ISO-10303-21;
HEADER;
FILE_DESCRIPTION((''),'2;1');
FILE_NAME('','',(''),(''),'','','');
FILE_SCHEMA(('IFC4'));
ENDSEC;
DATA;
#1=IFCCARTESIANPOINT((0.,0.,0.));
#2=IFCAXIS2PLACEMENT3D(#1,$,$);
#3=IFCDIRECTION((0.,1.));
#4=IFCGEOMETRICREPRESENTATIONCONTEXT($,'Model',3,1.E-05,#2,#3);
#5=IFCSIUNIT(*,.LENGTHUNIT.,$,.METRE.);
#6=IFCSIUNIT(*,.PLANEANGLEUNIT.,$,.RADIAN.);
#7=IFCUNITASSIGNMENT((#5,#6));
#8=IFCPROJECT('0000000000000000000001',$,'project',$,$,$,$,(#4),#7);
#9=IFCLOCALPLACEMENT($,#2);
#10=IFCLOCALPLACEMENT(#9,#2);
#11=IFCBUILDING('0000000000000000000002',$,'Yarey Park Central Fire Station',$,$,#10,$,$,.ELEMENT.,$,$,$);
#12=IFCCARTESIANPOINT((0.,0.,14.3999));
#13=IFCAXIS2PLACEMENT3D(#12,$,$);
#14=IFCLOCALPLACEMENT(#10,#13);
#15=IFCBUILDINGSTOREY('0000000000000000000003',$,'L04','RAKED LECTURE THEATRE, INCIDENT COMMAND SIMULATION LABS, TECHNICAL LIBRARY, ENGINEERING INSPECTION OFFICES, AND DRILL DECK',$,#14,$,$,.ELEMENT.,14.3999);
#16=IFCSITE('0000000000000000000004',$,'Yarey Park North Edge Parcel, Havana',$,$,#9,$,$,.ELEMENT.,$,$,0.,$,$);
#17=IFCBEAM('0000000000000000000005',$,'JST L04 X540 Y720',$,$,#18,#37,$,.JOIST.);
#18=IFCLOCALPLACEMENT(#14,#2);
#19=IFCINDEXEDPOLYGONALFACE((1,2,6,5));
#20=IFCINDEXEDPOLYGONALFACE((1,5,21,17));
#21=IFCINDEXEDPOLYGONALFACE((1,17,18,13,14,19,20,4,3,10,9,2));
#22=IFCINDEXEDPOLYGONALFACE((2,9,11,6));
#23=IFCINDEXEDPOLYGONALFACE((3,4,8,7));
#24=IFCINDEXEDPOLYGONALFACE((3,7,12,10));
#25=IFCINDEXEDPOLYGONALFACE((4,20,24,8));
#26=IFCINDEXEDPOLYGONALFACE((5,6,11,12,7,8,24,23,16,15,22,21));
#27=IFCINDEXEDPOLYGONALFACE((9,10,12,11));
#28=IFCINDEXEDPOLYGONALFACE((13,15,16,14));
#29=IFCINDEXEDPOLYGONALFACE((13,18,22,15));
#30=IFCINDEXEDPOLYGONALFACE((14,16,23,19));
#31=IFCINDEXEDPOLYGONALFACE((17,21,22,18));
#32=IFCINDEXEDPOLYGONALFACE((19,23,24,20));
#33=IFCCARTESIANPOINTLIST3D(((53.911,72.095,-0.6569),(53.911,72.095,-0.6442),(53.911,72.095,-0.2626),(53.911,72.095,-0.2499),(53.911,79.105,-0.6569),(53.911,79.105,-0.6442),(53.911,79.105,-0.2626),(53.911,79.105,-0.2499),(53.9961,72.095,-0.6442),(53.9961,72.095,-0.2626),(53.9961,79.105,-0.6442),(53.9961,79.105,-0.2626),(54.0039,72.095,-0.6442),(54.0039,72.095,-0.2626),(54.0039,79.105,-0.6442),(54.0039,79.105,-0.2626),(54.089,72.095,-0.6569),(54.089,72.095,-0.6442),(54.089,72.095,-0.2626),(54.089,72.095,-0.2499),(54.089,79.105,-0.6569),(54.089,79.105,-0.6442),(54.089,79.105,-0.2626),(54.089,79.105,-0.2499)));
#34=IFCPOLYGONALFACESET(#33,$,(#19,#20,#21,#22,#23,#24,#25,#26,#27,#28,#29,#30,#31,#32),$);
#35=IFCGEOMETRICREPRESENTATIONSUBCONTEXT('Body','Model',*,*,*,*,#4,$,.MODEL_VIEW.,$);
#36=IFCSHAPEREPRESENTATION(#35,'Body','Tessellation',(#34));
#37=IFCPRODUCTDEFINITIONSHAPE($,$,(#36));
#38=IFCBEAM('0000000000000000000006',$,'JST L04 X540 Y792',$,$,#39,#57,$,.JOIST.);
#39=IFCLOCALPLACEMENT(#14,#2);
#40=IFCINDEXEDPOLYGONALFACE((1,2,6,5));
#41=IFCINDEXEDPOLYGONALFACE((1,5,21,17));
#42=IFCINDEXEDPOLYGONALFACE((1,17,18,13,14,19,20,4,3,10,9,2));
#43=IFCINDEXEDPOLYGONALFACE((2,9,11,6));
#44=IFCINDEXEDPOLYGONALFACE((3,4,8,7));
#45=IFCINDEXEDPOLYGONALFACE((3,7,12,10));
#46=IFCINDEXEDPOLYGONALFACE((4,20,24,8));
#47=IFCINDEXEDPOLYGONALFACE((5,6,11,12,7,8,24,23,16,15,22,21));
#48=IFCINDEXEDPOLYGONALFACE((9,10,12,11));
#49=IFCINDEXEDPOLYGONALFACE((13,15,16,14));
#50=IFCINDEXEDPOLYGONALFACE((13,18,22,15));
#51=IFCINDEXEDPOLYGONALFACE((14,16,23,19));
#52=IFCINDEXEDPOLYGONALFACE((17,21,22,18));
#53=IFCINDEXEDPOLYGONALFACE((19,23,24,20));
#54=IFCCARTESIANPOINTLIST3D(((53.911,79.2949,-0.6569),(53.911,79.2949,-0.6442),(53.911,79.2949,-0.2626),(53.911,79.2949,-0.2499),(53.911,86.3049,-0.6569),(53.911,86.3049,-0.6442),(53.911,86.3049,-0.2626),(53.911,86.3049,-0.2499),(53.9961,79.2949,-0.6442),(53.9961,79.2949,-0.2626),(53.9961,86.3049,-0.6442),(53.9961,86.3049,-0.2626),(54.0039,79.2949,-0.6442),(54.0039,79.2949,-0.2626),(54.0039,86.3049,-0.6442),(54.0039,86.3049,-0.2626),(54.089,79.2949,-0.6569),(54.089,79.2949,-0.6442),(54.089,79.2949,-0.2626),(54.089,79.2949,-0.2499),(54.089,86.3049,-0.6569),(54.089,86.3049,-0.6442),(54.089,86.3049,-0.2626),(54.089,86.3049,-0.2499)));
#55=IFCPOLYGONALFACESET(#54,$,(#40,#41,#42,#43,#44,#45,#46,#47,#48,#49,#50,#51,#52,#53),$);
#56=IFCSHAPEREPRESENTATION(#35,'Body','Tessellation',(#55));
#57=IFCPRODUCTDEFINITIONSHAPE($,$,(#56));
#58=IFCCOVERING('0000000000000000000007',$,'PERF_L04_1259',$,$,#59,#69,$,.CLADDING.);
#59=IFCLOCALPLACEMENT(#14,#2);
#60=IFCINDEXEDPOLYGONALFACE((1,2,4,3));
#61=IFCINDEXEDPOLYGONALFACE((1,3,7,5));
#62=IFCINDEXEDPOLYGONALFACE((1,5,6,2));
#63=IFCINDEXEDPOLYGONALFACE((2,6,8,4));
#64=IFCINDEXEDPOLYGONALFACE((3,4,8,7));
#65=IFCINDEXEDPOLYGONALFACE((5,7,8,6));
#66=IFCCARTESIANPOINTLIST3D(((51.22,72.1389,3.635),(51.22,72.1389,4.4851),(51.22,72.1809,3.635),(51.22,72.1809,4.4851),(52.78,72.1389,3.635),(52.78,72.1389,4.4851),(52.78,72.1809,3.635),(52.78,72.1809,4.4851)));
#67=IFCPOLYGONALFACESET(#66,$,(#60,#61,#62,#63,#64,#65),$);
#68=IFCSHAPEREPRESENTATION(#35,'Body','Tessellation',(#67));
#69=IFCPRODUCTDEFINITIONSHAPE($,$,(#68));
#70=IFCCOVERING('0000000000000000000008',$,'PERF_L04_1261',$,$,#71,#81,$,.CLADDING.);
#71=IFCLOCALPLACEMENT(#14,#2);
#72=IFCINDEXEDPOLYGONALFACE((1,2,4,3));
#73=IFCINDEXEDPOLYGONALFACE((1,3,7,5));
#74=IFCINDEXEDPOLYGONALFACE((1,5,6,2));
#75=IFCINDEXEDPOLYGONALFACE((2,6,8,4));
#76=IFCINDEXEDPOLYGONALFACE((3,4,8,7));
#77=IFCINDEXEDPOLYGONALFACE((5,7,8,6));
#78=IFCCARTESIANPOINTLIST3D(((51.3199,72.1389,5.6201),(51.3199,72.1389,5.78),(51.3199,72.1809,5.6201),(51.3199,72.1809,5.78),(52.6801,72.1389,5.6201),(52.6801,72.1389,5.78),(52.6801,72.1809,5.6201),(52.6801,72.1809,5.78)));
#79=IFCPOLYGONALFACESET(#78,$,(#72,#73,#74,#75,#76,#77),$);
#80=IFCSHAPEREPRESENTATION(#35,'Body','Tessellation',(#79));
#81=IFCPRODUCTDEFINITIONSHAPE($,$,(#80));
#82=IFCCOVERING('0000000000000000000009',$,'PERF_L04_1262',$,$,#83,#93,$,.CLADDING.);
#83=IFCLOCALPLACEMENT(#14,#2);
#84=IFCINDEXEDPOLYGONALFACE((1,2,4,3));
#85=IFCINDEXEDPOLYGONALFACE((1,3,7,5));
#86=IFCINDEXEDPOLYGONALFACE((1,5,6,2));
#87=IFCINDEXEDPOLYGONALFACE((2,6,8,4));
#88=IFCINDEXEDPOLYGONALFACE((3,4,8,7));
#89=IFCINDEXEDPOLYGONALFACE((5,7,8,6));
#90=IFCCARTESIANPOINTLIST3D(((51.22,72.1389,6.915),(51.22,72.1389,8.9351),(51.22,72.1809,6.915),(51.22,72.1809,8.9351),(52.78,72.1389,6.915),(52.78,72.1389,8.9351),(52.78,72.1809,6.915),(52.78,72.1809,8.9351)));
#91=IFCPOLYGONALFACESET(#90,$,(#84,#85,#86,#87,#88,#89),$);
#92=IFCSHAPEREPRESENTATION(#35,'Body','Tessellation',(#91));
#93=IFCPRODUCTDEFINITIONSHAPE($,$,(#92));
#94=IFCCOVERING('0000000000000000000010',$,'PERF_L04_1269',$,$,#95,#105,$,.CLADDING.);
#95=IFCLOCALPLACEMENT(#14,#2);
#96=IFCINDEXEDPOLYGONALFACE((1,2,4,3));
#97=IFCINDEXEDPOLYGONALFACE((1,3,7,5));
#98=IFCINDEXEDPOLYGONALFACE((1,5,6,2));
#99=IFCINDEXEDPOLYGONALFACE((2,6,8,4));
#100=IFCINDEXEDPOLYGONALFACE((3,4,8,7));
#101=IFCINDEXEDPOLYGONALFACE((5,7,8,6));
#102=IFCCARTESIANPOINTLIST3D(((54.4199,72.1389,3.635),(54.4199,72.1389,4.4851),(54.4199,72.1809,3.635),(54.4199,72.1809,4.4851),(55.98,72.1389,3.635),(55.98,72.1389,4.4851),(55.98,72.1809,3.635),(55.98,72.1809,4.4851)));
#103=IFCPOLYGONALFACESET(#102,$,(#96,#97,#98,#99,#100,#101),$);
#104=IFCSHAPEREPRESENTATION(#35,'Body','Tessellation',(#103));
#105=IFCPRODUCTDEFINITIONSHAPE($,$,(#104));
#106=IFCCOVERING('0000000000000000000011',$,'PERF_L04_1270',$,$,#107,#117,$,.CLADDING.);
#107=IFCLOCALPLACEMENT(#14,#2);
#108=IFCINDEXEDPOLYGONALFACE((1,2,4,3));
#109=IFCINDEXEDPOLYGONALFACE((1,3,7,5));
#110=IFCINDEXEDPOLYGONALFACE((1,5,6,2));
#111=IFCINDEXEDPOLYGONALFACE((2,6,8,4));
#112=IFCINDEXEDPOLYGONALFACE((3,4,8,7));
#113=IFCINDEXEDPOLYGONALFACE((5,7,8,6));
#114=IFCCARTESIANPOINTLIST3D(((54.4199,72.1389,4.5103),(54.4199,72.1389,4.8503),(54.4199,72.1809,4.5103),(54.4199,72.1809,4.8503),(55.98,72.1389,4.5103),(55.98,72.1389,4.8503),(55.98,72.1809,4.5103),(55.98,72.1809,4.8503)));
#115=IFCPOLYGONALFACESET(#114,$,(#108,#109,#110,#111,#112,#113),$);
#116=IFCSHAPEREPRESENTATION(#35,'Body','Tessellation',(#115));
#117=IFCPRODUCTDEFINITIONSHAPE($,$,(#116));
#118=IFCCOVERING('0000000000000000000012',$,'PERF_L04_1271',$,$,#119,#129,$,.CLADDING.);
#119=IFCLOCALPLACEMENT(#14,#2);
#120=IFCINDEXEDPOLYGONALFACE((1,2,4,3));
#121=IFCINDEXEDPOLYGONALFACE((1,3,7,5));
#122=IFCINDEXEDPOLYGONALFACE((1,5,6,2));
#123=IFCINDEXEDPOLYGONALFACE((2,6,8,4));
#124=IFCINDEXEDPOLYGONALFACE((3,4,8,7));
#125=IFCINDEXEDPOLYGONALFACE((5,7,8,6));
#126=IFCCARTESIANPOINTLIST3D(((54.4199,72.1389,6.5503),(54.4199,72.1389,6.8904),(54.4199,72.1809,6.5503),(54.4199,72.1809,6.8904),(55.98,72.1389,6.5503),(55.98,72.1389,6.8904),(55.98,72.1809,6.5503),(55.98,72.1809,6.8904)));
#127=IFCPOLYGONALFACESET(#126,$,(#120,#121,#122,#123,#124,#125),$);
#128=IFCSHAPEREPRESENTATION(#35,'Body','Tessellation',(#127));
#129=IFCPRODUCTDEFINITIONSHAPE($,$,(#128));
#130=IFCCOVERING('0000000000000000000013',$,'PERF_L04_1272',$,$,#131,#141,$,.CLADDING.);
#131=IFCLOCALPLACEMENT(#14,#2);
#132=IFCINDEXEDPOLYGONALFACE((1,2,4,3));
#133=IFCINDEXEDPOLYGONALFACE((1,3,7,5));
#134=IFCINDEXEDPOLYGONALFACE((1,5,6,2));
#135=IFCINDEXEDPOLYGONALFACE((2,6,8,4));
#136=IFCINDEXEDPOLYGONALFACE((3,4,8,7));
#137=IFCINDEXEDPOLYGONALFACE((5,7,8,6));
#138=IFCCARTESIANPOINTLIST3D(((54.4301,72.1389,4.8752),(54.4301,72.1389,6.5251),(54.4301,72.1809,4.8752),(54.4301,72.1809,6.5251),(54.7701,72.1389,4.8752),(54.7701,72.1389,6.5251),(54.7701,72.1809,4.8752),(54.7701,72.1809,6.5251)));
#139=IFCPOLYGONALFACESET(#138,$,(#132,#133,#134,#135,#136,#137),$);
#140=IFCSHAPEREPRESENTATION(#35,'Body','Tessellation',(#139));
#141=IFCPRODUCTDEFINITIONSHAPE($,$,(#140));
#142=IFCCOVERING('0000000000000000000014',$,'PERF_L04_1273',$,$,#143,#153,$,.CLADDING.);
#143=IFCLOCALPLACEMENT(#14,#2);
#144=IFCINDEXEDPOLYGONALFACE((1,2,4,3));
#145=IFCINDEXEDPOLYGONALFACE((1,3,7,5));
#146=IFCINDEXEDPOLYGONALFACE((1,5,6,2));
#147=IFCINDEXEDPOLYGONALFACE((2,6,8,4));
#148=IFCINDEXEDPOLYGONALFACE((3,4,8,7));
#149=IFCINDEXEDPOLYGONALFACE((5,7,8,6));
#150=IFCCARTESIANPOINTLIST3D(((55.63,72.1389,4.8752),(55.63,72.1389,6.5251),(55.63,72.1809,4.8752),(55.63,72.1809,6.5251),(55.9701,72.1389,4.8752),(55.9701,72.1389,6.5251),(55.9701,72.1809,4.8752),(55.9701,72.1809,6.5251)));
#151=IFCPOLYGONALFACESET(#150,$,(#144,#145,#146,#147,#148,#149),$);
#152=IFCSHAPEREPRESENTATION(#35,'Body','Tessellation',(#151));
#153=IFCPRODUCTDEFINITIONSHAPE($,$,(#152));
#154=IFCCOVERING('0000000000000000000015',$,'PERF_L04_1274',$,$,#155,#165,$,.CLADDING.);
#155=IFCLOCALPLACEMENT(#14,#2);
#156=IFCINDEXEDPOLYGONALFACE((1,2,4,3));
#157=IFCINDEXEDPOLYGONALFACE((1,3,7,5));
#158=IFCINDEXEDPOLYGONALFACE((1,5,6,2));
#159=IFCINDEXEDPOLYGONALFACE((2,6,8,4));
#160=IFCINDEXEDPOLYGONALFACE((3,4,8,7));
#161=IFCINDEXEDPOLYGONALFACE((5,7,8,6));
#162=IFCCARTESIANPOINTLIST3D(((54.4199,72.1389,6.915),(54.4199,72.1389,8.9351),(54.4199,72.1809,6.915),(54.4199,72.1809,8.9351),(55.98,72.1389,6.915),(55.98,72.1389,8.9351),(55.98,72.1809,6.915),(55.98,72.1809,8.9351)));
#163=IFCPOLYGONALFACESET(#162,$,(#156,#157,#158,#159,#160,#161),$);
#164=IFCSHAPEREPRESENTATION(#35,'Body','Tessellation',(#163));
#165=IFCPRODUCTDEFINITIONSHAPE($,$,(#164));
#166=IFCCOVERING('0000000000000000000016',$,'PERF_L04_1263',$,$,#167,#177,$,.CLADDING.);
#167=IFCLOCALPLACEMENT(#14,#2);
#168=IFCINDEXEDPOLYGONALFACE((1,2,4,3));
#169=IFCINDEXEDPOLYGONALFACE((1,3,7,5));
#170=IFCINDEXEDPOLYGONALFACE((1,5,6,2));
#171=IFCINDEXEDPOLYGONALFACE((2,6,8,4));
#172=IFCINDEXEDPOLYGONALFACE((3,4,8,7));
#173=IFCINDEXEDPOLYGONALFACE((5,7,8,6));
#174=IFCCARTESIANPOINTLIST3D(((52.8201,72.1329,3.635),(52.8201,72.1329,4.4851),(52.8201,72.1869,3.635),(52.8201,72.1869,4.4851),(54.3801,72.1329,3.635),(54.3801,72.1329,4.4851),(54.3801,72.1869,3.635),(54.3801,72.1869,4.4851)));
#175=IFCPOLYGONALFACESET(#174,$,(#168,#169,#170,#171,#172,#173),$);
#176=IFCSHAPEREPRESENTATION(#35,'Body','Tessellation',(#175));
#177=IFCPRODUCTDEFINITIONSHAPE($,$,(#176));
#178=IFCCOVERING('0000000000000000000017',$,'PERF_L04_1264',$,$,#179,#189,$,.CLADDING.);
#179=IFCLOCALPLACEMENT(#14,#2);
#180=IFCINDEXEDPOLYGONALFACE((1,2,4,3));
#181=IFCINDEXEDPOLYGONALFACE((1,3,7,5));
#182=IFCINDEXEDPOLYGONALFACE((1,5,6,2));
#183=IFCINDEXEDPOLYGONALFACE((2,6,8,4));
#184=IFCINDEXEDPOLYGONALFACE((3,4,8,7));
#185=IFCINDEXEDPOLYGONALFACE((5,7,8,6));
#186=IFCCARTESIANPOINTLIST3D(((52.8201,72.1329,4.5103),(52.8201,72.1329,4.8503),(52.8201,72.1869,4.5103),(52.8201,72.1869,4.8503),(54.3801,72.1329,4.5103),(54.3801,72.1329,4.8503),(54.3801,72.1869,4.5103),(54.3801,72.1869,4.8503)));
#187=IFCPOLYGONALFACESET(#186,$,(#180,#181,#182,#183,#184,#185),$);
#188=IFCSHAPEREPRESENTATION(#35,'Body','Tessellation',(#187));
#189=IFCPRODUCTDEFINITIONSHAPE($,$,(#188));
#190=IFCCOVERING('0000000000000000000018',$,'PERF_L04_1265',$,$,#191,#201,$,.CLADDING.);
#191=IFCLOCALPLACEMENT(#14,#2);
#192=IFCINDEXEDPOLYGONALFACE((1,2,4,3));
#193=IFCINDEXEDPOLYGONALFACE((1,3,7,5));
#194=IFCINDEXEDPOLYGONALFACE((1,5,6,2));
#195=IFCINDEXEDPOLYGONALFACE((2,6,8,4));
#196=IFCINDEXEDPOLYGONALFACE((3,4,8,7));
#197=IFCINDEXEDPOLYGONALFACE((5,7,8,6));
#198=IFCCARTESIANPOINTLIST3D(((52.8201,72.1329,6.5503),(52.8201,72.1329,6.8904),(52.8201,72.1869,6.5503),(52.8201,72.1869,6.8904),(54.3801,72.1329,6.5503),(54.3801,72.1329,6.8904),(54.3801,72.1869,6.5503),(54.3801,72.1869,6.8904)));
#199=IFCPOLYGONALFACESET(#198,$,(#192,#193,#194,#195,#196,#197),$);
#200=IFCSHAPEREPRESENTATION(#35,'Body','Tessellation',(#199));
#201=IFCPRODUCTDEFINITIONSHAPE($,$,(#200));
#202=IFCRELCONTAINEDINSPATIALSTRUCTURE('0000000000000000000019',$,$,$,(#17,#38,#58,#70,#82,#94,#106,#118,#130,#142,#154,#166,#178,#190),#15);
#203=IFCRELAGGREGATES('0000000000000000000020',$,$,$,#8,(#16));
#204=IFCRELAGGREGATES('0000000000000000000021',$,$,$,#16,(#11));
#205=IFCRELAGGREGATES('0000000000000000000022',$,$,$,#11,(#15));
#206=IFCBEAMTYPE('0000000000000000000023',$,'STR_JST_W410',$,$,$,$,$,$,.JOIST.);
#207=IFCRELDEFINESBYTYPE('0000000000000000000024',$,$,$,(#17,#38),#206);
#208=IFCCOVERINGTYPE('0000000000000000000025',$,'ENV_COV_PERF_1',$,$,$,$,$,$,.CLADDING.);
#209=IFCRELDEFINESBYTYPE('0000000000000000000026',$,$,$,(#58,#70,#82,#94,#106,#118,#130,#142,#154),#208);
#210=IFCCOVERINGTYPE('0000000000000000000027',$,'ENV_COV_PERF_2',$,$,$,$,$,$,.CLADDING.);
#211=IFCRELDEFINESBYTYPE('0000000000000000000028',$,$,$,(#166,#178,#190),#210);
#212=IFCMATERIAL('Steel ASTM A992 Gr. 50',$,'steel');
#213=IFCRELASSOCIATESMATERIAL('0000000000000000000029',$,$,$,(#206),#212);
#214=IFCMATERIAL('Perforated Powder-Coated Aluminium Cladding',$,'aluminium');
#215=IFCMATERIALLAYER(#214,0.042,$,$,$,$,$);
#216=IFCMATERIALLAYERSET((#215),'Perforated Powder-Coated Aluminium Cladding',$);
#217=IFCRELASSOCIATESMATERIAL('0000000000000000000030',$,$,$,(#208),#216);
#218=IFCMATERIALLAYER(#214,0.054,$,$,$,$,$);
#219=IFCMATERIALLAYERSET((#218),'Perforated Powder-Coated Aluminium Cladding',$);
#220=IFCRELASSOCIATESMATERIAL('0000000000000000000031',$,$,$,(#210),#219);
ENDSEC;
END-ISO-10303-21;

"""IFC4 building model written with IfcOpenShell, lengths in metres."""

from ifc_helpers import new_model, si_unit, direction, frame, origin, origin_2d, place, context, subcontext, project, spatial, rectangle, i_section, extrude, material, layer, layer_set, material_profile, profile_set, type_object, element, save


model = new_model("IFC4")

# Units and contexts
model_context = context("Model", 3, precision=1e-05, world=origin(), true_north=direction((0.0, 1.0)))
body_context = subcontext(model_context, "Body", "Model", "MODEL_VIEW")
ifc_project = project(units=[si_unit("LENGTHUNIT", "METRE"), si_unit("PLANEANGLEUNIT", "RADIAN")], contexts=[model_context])

# Site, building, storey
site_placement = place(None, origin())
site = spatial("IfcSite", under=ifc_project, at=site_placement, Name="Yarey Park North Edge Parcel, Havana", CompositionType="ELEMENT", RefElevation=0.0)
building_placement = place(site_placement, origin())
building = spatial("IfcBuilding", under=site, at=building_placement, Name="Yarey Park Central Fire Station", CompositionType="ELEMENT")
storey_placement = place(building_placement, frame((0.0, 0.0, 14.3999)))
storey = spatial("IfcBuildingStorey", under=building, at=storey_placement, Name="L04", Description="RAKED LECTURE THEATRE, INCIDENT COMMAND SIMULATION LABS, TECHNICAL LIBRARY, ENGINEERING INSPECTION OFFICES, AND DRILL DECK", CompositionType="ELEMENT", Elevation=14.3999)

# Beams
ifc_material_1 = material(Name="Steel ASTM A992 Gr. 50", Category="steel")
ifc_material_profile = material_profile(ifc_material_1, i_section(OverallWidth=0.178, OverallDepth=0.407, WebThickness=0.0078, FlangeThickness=0.0127, at=origin_2d()), Name="W410x60")
ifc_profile_set = profile_set([ifc_material_profile], Name="Steel ASTM A992 Gr. 50")
beam_type = type_object("IfcBeamType", Name="STR_JST_W410", PredefinedType="JOIST", material=ifc_profile_set)
for number, where, z_axis, x_axis, name in (
    (1, (54.0, 72.095, -0.4534), (0.0, 1.0, 0.0), (-1.0, 0.0, 0.0), "JST L04 X540 Y720"),
    (2, (54.0, 79.2949, -0.4534), (0.0, 1.0, 0.0), (-1.0, 0.0, 0.0), "JST L04 X540 Y792"),
):
    element("IfcBeam", number, at=place(storey_placement, frame(where, z_axis=z_axis, x_axis=x_axis)), inside=storey, type_object=beam_type, Name=name, PredefinedType="JOIST", context=body_context, shape_type="SweptSolid", body=[
        extrude(i_section(OverallWidth=0.178, OverallDepth=0.407, WebThickness=0.0078, FlangeThickness=0.0127, at=origin_2d()), origin(), (0.0, 0.0, 1.0), 7.01),
    ])

# Coverings
ifc_material_2 = material(Name="Perforated Powder-Coated Aluminium Cladding", Category="aluminium")
ifc_layer_1 = layer(ifc_material_2, 0.042)
ifc_layer_set_1 = layer_set([ifc_layer_1], Name="Perforated Powder-Coated Aluminium Cladding")
covering_type_1 = type_object("IfcCoveringType", Name="ENV_COV_PERF_1", PredefinedType="CLADDING", material=ifc_layer_set_1)
covering_1_placement = place(storey_placement, frame((52.0, 72.1599, 3.635), z_axis=(0.0, 0.0, 1.0), x_axis=(1.0, 0.0, 0.0)))
element("IfcCovering", 3, at=covering_1_placement, inside=storey, type_object=covering_type_1, Name="PERF_L04_1259", PredefinedType="CLADDING", context=body_context, shape_type="SweptSolid", body=[
    extrude(rectangle(XDim=1.5601, YDim=0.042, at=origin_2d()), origin(), (0.0, 0.0, 1.0), 0.8501),
])
covering_2_placement = place(storey_placement, frame((52.0, 72.1599, 5.6201), z_axis=(0.0, 0.0, 1.0), x_axis=(1.0, 0.0, 0.0)))
element("IfcCovering", 4, at=covering_2_placement, inside=storey, type_object=covering_type_1, Name="PERF_L04_1261", PredefinedType="CLADDING", context=body_context, shape_type="SweptSolid", body=[
    extrude(rectangle(XDim=1.3601, YDim=0.042, at=origin_2d()), origin(), (0.0, 0.0, 1.0), 0.1599),
])
covering_3_placement = place(storey_placement, frame((52.0, 72.1599, 6.915), z_axis=(0.0, 0.0, 1.0), x_axis=(1.0, 0.0, 0.0)))
element("IfcCovering", 5, at=covering_3_placement, inside=storey, type_object=covering_type_1, Name="PERF_L04_1262", PredefinedType="CLADDING", context=body_context, shape_type="SweptSolid", body=[
    extrude(rectangle(XDim=1.5601, YDim=0.042, at=origin_2d()), origin(), (0.0, 0.0, 1.0), 2.02),
])
covering_4_placement = place(storey_placement, frame((55.2, 72.1599, 3.635), z_axis=(0.0, 0.0, 1.0), x_axis=(1.0, 0.0, 0.0)))
element("IfcCovering", 6, at=covering_4_placement, inside=storey, type_object=covering_type_1, Name="PERF_L04_1269", PredefinedType="CLADDING", context=body_context, shape_type="SweptSolid", body=[
    extrude(rectangle(XDim=1.5601, YDim=0.042, at=origin_2d()), origin(), (0.0, 0.0, 1.0), 0.8501),
])
for number, where, z_axis, x_axis, name in (
    (7, (55.2, 72.1599, 4.5103), (0.0, 0.0, 1.0), (1.0, 0.0, 0.0), "PERF_L04_1270"),
    (8, (55.2, 72.1599, 6.5503), (0.0, 0.0, 1.0), (1.0, 0.0, 0.0), "PERF_L04_1271"),
):
    element("IfcCovering", number, at=place(storey_placement, frame(where, z_axis=z_axis, x_axis=x_axis)), inside=storey, type_object=covering_type_1, Name=name, PredefinedType="CLADDING", context=body_context, shape_type="SweptSolid", body=[
        extrude(rectangle(XDim=1.5601, YDim=0.042, at=origin_2d()), origin(), (0.0, 0.0, 1.0), 0.3401),
    ])
for number, where, z_axis, x_axis, name in (
    (9, (54.6001, 72.1599, 4.8752), (0.0, 0.0, 1.0), (1.0, 0.0, 0.0), "PERF_L04_1272"),
    (10, (55.8, 72.1599, 4.8752), (0.0, 0.0, 1.0), (1.0, 0.0, 0.0), "PERF_L04_1273"),
):
    element("IfcCovering", number, at=place(storey_placement, frame(where, z_axis=z_axis, x_axis=x_axis)), inside=storey, type_object=covering_type_1, Name=name, PredefinedType="CLADDING", context=body_context, shape_type="SweptSolid", body=[
        extrude(rectangle(XDim=0.3401, YDim=0.042, at=origin_2d()), origin(), (0.0, 0.0, 1.0), 1.6499),
    ])
covering_5_placement = place(storey_placement, frame((55.2, 72.1599, 6.915), z_axis=(0.0, 0.0, 1.0), x_axis=(1.0, 0.0, 0.0)))
element("IfcCovering", 11, at=covering_5_placement, inside=storey, type_object=covering_type_1, Name="PERF_L04_1274", PredefinedType="CLADDING", context=body_context, shape_type="SweptSolid", body=[
    extrude(rectangle(XDim=1.5601, YDim=0.042, at=origin_2d()), origin(), (0.0, 0.0, 1.0), 2.02),
])
ifc_layer_2 = layer(ifc_material_2, 0.054)
ifc_layer_set_2 = layer_set([ifc_layer_2], Name="Perforated Powder-Coated Aluminium Cladding")
covering_type_2 = type_object("IfcCoveringType", Name="ENV_COV_PERF_2", PredefinedType="CLADDING", material=ifc_layer_set_2)
covering_6_placement = place(storey_placement, frame((53.6001, 72.1599, 3.635), z_axis=(0.0, 0.0, 1.0), x_axis=(1.0, 0.0, 0.0)))
element("IfcCovering", 12, at=covering_6_placement, inside=storey, type_object=covering_type_2, Name="PERF_L04_1263", PredefinedType="CLADDING", context=body_context, shape_type="SweptSolid", body=[
    extrude(rectangle(XDim=1.5601, YDim=0.054, at=origin_2d()), origin(), (0.0, 0.0, 1.0), 0.8501),
])
for number, where, z_axis, x_axis, name in (
    (13, (53.6001, 72.1599, 4.5103), (0.0, 0.0, 1.0), (1.0, 0.0, 0.0), "PERF_L04_1264"),
    (14, (53.6001, 72.1599, 6.5503), (0.0, 0.0, 1.0), (1.0, 0.0, 0.0), "PERF_L04_1265"),
):
    element("IfcCovering", number, at=place(storey_placement, frame(where, z_axis=z_axis, x_axis=x_axis)), inside=storey, type_object=covering_type_2, Name=name, PredefinedType="CLADDING", context=body_context, shape_type="SweptSolid", body=[
        extrude(rectangle(XDim=1.5601, YDim=0.054, at=origin_2d()), origin(), (0.0, 0.0, 1.0), 0.3401),
    ])

save(model, "model.ifc")
